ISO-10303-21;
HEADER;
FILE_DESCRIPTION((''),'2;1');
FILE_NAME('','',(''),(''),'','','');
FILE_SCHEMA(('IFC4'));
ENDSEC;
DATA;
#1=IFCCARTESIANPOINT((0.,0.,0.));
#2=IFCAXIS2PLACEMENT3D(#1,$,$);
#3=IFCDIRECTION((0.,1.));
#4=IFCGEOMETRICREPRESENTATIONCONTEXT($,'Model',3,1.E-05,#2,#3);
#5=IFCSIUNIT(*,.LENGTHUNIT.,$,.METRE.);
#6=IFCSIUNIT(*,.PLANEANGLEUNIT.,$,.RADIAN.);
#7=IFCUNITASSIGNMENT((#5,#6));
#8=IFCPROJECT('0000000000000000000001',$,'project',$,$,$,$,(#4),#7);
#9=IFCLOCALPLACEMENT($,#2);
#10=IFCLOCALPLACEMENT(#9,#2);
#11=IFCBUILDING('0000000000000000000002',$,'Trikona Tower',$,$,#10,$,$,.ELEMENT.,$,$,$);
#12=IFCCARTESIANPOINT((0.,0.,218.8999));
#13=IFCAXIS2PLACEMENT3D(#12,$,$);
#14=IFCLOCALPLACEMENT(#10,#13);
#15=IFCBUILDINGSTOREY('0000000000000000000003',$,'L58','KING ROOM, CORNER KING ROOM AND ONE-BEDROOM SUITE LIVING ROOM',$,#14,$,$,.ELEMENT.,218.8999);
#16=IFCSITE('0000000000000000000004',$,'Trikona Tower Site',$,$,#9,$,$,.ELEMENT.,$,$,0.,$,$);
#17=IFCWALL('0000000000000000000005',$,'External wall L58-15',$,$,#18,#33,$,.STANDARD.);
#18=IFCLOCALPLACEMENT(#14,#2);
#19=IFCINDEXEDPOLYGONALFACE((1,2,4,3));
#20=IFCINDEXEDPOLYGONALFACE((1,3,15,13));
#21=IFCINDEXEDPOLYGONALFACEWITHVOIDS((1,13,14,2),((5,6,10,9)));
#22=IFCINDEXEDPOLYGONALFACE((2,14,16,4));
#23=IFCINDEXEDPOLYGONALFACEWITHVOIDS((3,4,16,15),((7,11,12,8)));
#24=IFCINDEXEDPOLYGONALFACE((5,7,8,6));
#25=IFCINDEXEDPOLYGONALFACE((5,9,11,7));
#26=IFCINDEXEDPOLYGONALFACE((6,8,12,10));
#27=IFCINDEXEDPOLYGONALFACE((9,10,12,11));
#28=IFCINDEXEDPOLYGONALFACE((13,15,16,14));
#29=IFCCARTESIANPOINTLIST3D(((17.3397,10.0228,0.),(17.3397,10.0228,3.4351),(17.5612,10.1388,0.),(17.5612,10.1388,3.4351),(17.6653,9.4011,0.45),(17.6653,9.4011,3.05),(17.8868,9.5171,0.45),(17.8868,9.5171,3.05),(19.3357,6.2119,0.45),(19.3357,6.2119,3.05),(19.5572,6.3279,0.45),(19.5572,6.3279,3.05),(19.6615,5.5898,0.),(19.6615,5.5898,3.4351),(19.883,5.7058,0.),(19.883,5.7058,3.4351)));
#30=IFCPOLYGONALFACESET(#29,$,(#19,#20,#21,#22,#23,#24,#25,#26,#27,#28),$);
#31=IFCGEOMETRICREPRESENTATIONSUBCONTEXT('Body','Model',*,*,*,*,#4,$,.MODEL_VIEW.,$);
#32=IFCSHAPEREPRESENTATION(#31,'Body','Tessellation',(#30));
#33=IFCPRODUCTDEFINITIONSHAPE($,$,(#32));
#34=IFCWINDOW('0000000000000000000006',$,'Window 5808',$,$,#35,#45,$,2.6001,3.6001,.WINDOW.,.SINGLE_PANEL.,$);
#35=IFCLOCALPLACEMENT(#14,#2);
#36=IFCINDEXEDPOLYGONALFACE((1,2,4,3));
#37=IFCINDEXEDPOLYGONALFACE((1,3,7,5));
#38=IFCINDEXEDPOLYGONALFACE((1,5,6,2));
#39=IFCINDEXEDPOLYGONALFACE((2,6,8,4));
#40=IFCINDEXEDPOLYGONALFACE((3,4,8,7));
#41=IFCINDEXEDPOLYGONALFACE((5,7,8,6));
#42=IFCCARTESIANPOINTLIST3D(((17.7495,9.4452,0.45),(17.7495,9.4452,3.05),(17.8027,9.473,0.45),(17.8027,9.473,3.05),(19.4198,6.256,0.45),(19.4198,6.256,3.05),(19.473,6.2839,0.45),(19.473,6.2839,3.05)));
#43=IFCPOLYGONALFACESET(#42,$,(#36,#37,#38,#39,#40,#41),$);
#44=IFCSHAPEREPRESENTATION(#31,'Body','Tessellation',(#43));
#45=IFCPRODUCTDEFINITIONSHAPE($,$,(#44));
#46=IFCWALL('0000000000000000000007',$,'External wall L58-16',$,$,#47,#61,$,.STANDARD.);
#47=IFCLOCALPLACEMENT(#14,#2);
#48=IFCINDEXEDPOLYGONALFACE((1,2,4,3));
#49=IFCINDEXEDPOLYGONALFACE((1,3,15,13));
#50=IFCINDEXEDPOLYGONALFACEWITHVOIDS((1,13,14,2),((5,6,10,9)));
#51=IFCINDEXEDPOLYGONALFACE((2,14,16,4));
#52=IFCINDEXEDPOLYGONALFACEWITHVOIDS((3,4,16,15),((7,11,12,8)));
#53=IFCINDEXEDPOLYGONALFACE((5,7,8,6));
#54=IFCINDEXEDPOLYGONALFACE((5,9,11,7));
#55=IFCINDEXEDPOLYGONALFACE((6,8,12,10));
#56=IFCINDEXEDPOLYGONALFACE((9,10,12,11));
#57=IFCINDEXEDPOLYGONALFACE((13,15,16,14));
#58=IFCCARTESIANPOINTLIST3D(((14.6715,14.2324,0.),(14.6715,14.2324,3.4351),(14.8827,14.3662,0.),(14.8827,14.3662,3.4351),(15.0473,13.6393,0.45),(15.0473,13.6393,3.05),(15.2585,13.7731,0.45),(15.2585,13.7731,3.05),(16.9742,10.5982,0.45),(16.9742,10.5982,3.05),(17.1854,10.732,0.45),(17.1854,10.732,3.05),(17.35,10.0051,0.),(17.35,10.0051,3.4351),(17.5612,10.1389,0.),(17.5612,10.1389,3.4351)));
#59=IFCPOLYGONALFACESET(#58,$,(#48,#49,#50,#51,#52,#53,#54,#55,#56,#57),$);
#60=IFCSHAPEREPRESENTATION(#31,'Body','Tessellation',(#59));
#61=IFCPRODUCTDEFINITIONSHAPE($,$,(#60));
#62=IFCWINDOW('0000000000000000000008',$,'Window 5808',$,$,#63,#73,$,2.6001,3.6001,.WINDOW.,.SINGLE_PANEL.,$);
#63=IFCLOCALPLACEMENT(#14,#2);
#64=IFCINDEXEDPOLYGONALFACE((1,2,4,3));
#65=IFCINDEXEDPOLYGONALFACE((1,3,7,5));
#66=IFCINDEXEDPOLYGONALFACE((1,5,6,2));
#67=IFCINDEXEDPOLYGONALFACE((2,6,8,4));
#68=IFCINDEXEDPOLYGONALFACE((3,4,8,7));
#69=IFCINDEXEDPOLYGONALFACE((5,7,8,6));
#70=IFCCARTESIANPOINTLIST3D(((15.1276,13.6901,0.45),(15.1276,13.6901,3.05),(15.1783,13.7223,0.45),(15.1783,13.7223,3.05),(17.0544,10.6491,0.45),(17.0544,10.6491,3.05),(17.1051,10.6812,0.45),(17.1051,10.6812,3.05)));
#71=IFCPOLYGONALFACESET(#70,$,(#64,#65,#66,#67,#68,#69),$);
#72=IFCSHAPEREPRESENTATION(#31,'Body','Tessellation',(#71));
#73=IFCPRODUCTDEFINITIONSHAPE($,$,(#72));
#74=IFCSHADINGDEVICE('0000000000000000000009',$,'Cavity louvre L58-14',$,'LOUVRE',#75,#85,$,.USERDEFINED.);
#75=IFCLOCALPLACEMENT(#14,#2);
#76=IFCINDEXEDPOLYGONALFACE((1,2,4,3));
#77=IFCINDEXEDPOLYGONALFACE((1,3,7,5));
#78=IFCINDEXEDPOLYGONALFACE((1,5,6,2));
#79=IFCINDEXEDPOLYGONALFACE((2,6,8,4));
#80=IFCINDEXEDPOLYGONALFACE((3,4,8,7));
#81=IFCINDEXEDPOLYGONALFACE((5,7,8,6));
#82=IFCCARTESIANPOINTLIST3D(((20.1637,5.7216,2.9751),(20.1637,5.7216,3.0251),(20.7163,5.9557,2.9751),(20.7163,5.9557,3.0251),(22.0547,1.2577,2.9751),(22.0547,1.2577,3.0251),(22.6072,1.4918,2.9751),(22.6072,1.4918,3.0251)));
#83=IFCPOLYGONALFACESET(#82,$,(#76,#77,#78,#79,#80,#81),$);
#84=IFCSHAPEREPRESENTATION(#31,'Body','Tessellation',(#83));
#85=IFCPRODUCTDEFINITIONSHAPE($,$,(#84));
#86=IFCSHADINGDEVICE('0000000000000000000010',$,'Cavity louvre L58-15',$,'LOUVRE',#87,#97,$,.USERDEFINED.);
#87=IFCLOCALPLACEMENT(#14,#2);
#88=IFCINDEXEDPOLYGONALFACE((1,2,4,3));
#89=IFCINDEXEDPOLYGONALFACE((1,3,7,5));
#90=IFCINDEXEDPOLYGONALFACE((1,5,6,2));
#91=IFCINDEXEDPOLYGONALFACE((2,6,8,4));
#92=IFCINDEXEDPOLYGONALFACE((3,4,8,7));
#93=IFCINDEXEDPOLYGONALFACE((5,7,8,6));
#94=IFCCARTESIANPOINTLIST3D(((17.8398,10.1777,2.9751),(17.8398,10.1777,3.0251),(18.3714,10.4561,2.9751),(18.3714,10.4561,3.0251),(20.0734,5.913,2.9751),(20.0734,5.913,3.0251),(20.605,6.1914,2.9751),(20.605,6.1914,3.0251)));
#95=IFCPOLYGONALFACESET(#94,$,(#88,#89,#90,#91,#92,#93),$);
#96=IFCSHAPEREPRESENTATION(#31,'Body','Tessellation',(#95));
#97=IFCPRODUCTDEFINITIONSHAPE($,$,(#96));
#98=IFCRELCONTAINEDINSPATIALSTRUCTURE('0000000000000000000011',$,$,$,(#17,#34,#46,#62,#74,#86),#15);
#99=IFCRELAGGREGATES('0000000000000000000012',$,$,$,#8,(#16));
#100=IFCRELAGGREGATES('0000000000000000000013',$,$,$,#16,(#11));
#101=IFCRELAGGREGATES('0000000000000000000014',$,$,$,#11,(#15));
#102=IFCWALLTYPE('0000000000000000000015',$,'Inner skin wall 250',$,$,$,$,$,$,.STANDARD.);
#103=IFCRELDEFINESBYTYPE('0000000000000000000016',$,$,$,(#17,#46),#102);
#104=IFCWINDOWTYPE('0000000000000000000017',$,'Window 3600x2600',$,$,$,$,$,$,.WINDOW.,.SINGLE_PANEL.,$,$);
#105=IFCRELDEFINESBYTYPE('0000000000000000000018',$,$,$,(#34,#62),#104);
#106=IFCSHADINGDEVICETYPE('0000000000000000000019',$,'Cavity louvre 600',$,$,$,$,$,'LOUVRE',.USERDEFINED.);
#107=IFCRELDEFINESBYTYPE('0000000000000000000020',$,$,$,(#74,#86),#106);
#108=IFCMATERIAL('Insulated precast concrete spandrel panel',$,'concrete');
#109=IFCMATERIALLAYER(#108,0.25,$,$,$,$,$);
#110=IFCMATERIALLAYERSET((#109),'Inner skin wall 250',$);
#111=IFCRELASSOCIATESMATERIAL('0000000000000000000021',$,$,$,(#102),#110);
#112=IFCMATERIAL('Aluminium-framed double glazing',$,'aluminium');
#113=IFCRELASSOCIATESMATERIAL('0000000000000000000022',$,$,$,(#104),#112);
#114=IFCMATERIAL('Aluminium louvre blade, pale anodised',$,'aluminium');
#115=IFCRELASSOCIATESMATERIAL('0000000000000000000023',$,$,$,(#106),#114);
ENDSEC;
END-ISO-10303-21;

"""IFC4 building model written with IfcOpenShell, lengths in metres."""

from ifc_helpers import new_model, si_unit, direction, frame, frame_2d, origin, origin_2d, place, context, subcontext, project, spatial, rectangle, extrude, material, layer, layer_set, type_object, element, fill, save


model = new_model("IFC4")

# Units and contexts
model_context = context("Model", 3, precision=1e-05, world=origin(), true_north=direction((0.0, 1.0)))
body_context = subcontext(model_context, "Body", "Model", "MODEL_VIEW")
ifc_project = project(units=[si_unit("LENGTHUNIT", "METRE"), si_unit("PLANEANGLEUNIT", "RADIAN")], contexts=[model_context])

# Site, building, storey
site_placement = place(None, origin())
site = spatial("IfcSite", under=ifc_project, at=site_placement, Name="Trikona Tower Site", CompositionType="ELEMENT", RefElevation=0.0)
building_placement = place(site_placement, origin())
building = spatial("IfcBuilding", under=site, at=building_placement, Name="Trikona Tower", CompositionType="ELEMENT")
storey_placement = place(building_placement, frame((0.0, 0.0, 218.8999)))
storey = spatial("IfcBuildingStorey", under=building, at=storey_placement, Name="L58", Description="KING ROOM, CORNER KING ROOM AND ONE-BEDROOM SUITE LIVING ROOM", CompositionType="ELEMENT", Elevation=218.8999)

# Walls, openings, windows
ifc_material_1 = material(Name="Insulated precast concrete spandrel panel", Category="concrete")
ifc_layer_1 = layer(ifc_material_1, 0.25)
ifc_layer_set_1 = layer_set([ifc_layer_1], Name="Inner skin wall 250")
wall_type_1 = type_object("IfcWallType", Name="Inner skin wall 250", PredefinedType="STANDARD", material=ifc_layer_set_1)
ifc_material_2 = material(Name="Aluminium-framed double glazing", Category="aluminium")
window_type = type_object("IfcWindowType", Name="Window 3600x2600", PartitioningType="SINGLE_PANEL", PredefinedType="WINDOW", material=ifc_material_2)
wall_1_placement = place(storey_placement, frame((19.7722, 5.6479, 0.0), z_axis=(0.0, 0.0, 1.0), x_axis=(-0.463976, 0.885848, 0.0)))
wall_1 = element("IfcWall", 1, at=wall_1_placement, inside=storey, type_object=wall_type_1, Name="External wall L58-15", PredefinedType="STANDARD", context=body_context, shape_type="SweptSolid", body=[
    extrude(rectangle(XDim=5.0042, YDim=0.25, at=frame_2d((2.502, 0.0))), origin(), (0.0, 0.0, 1.0), 3.4351),
])
opening_1_placement = place(wall_1_placement, frame((0.7021, 0.0, 0.45)))
opening_1 = element("IfcOpeningElement", 2, at=opening_1_placement, cuts=wall_1, PredefinedType="OPENING", context=body_context, shape_type="SweptSolid", body=[
    extrude(rectangle(XDim=3.6001, YDim=2.6001, at=frame_2d((1.8, 1.3))), frame((0.0, 0.135, 0.0), z_axis=(0.0, -1.0, 0.0), x_axis=(1.0, 0.0, 0.0)), (0.0, 0.0, 1.0), 0.27),
])
window_1_placement = place(opening_1_placement, origin())
window_1 = element("IfcWindow", 3, at=window_1_placement, inside=storey, type_object=window_type, Name="Window 5808", OverallHeight=2.6001, OverallWidth=3.6001, PartitioningType="SINGLE_PANEL", PredefinedType="WINDOW", context=body_context, shape_type="SweptSolid", body=[
    extrude(rectangle(XDim=3.6001, YDim=2.6001, at=frame_2d((1.8, 1.3))), frame((0.0, 0.03, 0.0), z_axis=(0.0, -1.0, 0.0), x_axis=(1.0, 0.0, 0.0)), (0.0, 0.0, 1.0), 0.0601),
])
fill(opening_1, window_1)
wall_2_placement = place(storey_placement, frame((17.4556, 10.072, 0.0), z_axis=(0.0, 0.0, 1.0), x_axis=(-0.53522, 0.844712, 0.0)))
wall_2 = element("IfcWall", 4, at=wall_2_placement, inside=storey, type_object=wall_type_1, Name="External wall L58-16", PredefinedType="STANDARD", context=body_context, shape_type="SweptSolid", body=[
    extrude(rectangle(XDim=5.0044, YDim=0.25, at=frame_2d((2.5022, 0.0))), origin(), (0.0, 0.0, 1.0), 3.4351),
])
opening_2_placement = place(wall_2_placement, frame((0.7021, 0.0, 0.45)))
opening_2 = element("IfcOpeningElement", 5, at=opening_2_placement, cuts=wall_2, PredefinedType="OPENING", context=body_context, shape_type="SweptSolid", body=[
    extrude(rectangle(XDim=3.6001, YDim=2.6001, at=frame_2d((1.8, 1.3))), frame((0.0, 0.135, 0.0), z_axis=(0.0, -1.0, 0.0), x_axis=(1.0, 0.0, 0.0)), (0.0, 0.0, 1.0), 0.27),
])
window_2_placement = place(opening_2_placement, origin())
window_2 = element("IfcWindow", 6, at=window_2_placement, inside=storey, type_object=window_type, Name="Window 5808", OverallHeight=2.6001, OverallWidth=3.6001, PartitioningType="SINGLE_PANEL", PredefinedType="WINDOW", context=body_context, shape_type="SweptSolid", body=[
    extrude(rectangle(XDim=3.6001, YDim=2.6001, at=frame_2d((1.8, 1.3))), frame((0.0, 0.03, 0.0), z_axis=(0.0, -1.0, 0.0), x_axis=(1.0, 0.0, 0.0)), (0.0, 0.0, 1.0), 0.0601),
])
fill(opening_2, window_2)

# Shading devices
ifc_material_3 = material(Name="Aluminium louvre blade, pale anodised", Category="aluminium")
shading_device_type = type_object("IfcShadingDeviceType", Name="Cavity louvre 600", ElementType="LOUVRE", PredefinedType="USERDEFINED", material=ifc_material_3)
shading_device_1_placement = place(storey_placement, frame((21.3855, 3.6067, 2.9751), z_axis=(0.0, 0.0, 1.0), x_axis=(-0.390051, 0.920793, 0.0)))
element("IfcShadingDevice", 7, at=shading_device_1_placement, inside=storey, type_object=shading_device_type, Name="Cavity louvre L58-14", ObjectType="LOUVRE", PredefinedType="USERDEFINED", context=body_context, shape_type="SweptSolid", body=[
    extrude(rectangle(XDim=4.8479, YDim=0.6001, at=origin_2d()), origin(), (0.0, 0.0, 1.0), 0.05),
])
shading_device_2_placement = place(storey_placement, frame((19.2224, 8.1846, 2.9751), z_axis=(0.0, 0.0, 1.0), x_axis=(-0.463952, 0.88586, 0.0)))
element("IfcShadingDevice", 8, at=shading_device_2_placement, inside=storey, type_object=shading_device_type, Name="Cavity louvre L58-15", ObjectType="LOUVRE", PredefinedType="USERDEFINED", context=body_context, shape_type="SweptSolid", body=[
    extrude(rectangle(XDim=4.8142, YDim=0.6001, at=origin_2d()), origin(), (0.0, 0.0, 1.0), 0.05),
])

save(model, "model.ifc")
